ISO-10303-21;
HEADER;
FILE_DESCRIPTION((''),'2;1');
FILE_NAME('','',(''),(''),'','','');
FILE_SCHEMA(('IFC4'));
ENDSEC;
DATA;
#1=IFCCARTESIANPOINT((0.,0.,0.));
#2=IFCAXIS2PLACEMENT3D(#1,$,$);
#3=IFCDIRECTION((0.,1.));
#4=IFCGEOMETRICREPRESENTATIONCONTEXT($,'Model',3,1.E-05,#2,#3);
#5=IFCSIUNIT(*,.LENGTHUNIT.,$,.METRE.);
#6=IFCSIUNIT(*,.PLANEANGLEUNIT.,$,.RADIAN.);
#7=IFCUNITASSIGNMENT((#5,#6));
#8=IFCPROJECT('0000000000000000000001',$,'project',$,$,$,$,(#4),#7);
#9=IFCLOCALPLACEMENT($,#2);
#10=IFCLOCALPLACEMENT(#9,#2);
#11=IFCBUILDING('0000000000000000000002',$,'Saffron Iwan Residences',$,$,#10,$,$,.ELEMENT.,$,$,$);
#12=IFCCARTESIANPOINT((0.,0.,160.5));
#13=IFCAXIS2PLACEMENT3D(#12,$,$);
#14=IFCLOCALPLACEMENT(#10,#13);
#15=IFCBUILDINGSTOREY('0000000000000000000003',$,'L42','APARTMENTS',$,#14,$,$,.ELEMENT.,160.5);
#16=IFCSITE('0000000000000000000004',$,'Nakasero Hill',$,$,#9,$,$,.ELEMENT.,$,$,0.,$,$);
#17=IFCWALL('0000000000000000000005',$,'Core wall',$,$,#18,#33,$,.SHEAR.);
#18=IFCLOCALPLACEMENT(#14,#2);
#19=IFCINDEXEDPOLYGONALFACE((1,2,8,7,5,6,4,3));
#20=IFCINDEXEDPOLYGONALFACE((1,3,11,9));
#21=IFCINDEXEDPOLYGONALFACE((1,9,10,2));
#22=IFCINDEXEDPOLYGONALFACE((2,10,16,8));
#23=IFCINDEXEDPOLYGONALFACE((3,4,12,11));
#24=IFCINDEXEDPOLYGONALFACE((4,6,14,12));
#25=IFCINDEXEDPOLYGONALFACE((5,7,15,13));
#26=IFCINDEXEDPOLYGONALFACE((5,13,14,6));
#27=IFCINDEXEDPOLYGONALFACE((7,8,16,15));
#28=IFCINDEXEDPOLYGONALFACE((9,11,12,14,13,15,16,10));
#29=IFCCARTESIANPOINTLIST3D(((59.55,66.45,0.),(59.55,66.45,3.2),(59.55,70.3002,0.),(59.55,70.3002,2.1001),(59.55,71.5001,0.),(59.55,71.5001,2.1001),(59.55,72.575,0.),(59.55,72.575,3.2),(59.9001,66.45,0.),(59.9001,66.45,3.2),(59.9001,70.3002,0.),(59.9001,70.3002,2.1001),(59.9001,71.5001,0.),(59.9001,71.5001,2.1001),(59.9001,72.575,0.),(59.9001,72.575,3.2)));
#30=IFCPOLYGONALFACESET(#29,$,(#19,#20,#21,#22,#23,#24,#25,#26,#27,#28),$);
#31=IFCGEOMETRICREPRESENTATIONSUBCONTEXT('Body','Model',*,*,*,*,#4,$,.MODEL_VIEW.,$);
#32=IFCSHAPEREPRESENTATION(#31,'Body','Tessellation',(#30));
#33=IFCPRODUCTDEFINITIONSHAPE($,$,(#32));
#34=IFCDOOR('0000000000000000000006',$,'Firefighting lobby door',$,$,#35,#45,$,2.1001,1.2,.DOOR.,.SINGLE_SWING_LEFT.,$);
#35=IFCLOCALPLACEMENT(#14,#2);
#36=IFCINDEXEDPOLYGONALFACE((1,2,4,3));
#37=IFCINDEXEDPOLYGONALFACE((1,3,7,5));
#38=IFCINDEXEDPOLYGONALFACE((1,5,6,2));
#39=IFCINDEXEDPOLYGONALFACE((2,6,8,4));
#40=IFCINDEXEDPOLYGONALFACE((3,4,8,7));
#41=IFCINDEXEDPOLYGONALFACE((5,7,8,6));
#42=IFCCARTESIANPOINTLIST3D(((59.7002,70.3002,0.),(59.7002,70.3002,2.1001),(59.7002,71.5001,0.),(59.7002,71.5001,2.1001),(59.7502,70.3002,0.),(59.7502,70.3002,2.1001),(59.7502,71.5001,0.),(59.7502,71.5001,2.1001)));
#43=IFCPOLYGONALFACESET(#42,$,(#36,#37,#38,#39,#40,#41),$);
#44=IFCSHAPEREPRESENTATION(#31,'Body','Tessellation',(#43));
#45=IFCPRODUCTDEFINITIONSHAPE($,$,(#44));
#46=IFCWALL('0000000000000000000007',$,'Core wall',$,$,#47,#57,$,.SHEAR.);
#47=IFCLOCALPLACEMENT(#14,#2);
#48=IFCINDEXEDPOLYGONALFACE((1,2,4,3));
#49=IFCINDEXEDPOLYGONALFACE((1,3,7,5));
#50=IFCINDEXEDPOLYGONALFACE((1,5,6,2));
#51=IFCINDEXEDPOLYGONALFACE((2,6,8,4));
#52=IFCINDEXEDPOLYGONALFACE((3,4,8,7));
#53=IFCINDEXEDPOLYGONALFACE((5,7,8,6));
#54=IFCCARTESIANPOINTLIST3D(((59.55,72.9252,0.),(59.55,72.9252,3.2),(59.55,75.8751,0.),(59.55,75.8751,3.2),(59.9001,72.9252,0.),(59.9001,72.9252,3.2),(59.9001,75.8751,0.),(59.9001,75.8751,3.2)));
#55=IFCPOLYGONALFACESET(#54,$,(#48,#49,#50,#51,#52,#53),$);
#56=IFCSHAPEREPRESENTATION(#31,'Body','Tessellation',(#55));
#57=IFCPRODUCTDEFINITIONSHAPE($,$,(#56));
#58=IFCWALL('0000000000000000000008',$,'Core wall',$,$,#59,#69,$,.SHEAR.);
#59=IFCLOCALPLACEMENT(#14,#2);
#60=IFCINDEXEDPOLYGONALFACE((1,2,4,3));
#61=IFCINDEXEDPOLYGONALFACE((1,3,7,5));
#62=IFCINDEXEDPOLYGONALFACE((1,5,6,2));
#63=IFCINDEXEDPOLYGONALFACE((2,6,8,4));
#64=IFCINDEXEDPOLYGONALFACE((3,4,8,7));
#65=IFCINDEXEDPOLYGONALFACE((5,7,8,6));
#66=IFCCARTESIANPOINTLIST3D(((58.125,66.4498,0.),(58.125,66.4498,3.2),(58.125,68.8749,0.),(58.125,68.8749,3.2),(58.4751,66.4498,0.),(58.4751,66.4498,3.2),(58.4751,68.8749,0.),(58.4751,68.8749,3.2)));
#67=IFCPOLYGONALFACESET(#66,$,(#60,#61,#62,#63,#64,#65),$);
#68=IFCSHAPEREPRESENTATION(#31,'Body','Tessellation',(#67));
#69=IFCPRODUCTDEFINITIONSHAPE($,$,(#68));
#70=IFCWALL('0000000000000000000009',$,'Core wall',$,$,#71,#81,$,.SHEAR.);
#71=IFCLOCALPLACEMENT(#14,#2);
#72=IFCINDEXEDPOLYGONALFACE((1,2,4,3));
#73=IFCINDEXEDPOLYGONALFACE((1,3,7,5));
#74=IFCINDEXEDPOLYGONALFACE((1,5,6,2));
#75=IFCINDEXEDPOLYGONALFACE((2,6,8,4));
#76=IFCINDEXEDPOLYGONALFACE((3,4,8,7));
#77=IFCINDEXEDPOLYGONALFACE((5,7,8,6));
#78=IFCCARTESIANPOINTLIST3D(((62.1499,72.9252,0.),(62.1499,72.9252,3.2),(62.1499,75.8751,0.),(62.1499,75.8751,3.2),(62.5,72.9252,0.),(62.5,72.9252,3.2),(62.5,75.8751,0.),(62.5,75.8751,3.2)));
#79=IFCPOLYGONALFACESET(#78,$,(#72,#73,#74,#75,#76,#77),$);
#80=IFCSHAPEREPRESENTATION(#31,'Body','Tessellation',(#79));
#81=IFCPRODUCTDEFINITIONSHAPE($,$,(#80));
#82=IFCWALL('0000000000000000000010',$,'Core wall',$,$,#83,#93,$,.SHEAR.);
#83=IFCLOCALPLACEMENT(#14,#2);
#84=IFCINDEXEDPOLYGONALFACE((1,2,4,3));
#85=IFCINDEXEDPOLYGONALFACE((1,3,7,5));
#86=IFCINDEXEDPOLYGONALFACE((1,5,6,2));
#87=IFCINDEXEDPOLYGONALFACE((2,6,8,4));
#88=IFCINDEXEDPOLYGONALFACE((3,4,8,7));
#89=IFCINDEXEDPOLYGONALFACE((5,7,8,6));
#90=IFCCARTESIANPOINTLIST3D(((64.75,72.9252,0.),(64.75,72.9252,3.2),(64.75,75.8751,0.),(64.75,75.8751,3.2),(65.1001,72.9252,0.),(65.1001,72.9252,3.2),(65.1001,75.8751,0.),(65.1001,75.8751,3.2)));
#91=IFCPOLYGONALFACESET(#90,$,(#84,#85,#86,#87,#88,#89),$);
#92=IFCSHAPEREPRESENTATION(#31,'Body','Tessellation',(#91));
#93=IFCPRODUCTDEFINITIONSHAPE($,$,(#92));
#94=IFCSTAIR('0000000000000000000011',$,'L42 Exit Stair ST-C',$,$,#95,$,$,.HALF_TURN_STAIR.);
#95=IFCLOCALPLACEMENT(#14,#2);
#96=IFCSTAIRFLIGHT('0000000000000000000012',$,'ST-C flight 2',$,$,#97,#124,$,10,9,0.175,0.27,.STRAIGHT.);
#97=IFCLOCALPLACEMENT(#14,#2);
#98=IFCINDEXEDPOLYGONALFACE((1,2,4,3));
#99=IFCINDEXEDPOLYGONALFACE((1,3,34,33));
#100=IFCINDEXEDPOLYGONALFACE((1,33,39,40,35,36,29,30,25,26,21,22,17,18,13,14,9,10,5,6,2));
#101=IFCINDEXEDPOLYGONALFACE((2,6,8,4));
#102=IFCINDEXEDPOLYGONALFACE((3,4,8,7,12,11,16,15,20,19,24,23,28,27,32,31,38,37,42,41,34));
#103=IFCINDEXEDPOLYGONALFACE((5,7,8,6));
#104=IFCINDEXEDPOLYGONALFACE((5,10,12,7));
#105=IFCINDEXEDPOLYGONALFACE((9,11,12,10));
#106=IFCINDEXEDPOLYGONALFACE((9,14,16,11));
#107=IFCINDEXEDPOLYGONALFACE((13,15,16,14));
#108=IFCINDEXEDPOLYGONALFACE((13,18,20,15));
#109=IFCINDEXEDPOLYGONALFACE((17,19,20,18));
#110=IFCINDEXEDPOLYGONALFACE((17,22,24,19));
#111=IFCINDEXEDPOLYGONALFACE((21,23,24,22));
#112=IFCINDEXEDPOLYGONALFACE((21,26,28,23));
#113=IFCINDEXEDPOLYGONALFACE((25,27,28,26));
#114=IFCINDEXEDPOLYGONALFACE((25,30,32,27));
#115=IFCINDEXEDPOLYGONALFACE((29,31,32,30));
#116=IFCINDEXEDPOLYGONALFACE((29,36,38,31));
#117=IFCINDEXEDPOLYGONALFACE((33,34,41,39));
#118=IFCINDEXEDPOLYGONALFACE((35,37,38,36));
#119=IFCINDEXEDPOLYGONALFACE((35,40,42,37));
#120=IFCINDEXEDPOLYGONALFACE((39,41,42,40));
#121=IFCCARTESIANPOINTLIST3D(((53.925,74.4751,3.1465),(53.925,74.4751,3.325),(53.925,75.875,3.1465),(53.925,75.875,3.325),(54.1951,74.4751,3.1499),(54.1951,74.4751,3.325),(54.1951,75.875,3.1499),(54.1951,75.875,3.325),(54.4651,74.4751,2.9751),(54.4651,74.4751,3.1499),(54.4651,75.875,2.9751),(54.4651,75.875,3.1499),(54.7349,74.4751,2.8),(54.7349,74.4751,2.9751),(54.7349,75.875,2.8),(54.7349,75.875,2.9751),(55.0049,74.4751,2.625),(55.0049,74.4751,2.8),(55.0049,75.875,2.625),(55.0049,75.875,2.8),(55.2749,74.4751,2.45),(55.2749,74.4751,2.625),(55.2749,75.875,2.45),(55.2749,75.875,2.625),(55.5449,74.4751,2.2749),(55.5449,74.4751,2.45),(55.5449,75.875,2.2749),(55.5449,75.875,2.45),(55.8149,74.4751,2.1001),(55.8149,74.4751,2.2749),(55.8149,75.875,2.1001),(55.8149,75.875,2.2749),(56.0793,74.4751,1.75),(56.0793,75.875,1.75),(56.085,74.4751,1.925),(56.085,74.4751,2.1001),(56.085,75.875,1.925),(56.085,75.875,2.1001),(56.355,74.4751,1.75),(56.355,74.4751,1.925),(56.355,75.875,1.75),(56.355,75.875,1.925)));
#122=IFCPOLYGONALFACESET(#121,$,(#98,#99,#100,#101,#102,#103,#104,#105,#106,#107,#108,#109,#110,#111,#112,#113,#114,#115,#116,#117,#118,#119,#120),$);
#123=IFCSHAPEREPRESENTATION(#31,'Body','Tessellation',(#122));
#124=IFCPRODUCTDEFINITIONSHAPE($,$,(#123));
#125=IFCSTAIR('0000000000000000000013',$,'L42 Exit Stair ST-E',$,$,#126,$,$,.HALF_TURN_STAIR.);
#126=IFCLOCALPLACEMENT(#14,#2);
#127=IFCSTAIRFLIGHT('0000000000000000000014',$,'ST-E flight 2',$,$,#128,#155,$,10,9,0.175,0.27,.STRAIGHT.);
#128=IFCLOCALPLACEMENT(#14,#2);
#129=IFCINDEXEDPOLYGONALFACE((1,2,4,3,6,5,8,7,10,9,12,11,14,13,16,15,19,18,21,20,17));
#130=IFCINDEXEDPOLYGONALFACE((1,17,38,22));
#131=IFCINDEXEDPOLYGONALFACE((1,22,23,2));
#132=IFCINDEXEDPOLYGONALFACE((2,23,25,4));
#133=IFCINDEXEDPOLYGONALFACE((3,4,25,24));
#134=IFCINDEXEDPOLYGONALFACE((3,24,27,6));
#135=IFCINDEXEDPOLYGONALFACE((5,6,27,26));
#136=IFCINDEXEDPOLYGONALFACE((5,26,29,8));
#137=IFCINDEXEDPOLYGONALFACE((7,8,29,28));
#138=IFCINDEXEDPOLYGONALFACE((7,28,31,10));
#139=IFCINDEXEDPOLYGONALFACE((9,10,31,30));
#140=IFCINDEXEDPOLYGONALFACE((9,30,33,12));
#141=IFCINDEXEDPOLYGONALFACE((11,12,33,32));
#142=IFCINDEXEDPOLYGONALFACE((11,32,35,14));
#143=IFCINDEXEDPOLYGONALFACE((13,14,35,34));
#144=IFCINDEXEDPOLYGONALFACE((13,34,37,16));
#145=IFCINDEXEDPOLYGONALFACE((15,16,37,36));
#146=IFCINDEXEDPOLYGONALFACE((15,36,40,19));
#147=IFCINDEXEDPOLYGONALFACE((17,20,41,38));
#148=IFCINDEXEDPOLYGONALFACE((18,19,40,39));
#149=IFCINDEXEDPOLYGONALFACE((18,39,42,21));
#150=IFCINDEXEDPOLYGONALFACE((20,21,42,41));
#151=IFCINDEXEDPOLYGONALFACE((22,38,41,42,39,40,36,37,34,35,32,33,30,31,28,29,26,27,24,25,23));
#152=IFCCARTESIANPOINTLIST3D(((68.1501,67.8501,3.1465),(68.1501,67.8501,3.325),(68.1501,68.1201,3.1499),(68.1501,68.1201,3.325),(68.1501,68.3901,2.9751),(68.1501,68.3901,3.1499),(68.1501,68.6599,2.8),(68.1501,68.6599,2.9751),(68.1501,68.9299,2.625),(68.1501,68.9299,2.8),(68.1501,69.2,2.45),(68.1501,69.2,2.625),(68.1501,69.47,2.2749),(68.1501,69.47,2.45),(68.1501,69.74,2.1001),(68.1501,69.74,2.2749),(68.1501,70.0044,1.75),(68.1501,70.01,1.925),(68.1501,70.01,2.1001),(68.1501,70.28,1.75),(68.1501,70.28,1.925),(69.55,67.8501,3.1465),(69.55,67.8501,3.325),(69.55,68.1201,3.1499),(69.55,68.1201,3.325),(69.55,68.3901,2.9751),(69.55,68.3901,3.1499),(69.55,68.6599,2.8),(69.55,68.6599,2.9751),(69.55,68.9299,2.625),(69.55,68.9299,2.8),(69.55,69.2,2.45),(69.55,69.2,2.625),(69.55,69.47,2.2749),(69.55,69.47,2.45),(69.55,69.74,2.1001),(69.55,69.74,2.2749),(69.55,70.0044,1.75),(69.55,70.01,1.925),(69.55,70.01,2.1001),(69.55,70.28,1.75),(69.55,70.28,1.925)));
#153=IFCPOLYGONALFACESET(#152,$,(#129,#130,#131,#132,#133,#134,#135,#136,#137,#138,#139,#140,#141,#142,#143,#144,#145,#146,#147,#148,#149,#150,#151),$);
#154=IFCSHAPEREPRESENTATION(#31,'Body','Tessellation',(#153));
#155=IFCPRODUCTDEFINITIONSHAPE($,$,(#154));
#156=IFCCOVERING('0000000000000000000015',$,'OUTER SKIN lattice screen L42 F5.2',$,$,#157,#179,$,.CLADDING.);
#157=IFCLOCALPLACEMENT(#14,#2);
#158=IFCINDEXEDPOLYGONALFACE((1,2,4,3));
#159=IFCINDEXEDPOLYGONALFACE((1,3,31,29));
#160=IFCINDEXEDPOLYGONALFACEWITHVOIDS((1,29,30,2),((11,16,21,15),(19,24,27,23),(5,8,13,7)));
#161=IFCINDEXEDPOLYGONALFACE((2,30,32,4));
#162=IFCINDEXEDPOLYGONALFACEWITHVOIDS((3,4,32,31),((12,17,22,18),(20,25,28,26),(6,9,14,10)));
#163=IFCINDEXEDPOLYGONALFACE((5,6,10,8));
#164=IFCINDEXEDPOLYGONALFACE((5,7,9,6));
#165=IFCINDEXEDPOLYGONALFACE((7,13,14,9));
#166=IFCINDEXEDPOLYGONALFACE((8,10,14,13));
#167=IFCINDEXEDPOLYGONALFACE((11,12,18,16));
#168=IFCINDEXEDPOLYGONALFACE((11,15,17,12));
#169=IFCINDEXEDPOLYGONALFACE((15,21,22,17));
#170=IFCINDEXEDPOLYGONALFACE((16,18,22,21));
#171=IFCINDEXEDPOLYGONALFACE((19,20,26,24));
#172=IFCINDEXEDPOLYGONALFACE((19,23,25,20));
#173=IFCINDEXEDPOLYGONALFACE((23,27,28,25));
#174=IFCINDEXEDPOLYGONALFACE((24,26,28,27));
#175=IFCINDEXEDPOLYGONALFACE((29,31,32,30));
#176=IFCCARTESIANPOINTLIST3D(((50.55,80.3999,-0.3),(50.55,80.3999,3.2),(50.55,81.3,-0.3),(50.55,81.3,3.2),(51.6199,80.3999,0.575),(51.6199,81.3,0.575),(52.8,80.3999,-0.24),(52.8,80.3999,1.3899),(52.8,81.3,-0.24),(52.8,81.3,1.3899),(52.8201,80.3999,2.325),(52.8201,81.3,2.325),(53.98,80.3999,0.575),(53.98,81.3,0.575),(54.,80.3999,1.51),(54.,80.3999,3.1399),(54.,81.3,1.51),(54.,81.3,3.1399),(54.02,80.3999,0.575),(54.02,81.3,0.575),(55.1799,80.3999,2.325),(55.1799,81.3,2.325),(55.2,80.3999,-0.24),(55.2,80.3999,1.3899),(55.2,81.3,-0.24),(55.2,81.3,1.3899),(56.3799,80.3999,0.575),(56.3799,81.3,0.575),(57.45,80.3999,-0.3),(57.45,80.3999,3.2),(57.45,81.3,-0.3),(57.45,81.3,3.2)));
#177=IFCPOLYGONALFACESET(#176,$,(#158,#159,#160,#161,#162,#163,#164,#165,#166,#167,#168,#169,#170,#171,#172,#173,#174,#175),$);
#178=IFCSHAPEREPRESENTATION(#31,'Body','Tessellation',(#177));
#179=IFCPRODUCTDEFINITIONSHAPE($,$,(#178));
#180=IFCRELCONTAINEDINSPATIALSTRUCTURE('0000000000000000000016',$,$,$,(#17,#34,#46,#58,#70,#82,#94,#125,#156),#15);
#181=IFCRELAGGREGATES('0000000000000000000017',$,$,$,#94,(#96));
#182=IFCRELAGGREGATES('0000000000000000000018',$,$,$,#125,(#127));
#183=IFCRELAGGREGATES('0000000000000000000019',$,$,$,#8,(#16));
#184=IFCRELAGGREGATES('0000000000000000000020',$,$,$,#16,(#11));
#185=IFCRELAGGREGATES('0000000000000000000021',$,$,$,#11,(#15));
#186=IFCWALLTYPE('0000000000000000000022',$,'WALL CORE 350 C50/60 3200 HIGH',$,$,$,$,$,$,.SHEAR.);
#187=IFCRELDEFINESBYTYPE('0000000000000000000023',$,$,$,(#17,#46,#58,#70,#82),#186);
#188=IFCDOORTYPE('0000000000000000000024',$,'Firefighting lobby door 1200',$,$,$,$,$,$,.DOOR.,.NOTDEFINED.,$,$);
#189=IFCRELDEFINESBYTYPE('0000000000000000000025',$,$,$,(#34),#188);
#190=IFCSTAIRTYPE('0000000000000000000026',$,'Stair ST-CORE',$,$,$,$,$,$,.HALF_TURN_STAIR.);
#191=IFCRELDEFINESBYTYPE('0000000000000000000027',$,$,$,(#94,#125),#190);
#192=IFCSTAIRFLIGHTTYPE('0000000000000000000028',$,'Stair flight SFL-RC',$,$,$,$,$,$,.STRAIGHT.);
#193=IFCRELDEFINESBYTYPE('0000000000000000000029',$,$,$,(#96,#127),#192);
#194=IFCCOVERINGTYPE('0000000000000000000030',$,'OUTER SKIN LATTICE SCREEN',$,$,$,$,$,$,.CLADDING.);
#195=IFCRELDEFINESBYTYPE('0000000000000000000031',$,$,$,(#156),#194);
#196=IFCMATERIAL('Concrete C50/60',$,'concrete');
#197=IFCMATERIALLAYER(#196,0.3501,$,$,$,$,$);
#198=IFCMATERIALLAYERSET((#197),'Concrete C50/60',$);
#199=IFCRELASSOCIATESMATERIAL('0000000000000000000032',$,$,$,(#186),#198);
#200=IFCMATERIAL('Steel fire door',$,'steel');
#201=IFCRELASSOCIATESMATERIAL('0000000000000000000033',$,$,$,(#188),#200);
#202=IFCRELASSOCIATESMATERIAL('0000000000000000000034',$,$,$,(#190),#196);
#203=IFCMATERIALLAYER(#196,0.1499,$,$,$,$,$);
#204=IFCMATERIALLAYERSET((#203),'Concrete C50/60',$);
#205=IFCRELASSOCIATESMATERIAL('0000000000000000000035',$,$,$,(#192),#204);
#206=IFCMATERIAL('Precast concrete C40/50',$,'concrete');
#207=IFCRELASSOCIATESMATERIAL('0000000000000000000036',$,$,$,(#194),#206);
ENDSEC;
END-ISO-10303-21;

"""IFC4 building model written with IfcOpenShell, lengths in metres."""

from ifc_helpers import new_model, si_unit, direction, frame, frame_2d, origin, place, context, subcontext, project, spatial, polyline, rectangle, outline, extrude, material, layer, layer_set, type_object, element, fill, aggregate, save


model = new_model("IFC4")

# Units and contexts
model_context = context("Model", 3, precision=1e-05, world=origin(), true_north=direction((0.0, 1.0)))
body_context = subcontext(model_context, "Body", "Model", "MODEL_VIEW")
ifc_project = project(units=[si_unit("LENGTHUNIT", "METRE"), si_unit("PLANEANGLEUNIT", "RADIAN")], contexts=[model_context])

# Site, building, storey
site_placement = place(None, origin())
site = spatial("IfcSite", under=ifc_project, at=site_placement, Name="Nakasero Hill", CompositionType="ELEMENT", RefElevation=0.0)
building_placement = place(site_placement, origin())
building = spatial("IfcBuilding", under=site, at=building_placement, Name="Saffron Iwan Residences", CompositionType="ELEMENT")
storey_placement = place(building_placement, frame((0.0, 0.0, 160.5)))
storey = spatial("IfcBuildingStorey", under=building, at=storey_placement, Name="L42", Description="APARTMENTS", CompositionType="ELEMENT", Elevation=160.5)

# Shared definitions
ifc_material_1 = material(Name="Concrete C50/60", Category="concrete")

# Shared definitions
ifc_material_2 = material(Name="Steel fire door", Category="steel")

# Shared definitions
ifc_layer_1 = layer(ifc_material_1, 0.3501)
ifc_layer_set_1 = layer_set([ifc_layer_1], Name="Concrete C50/60")
wall_type_1 = type_object("IfcWallType", Name="WALL CORE 350 C50/60 3200 HIGH", PredefinedType="SHEAR", material=ifc_layer_set_1)

# Wall, opening, door
wall_1_placement = place(storey_placement, frame((59.7251, 66.45, 0.0), z_axis=(0.0, 0.0, 1.0), x_axis=(0.0, 1.0, 0.0)))
wall_1 = element("IfcWall", 1, at=wall_1_placement, inside=storey, type_object=wall_type_1, Name="Core wall", PredefinedType="SHEAR", context=body_context, shape_type="SweptSolid", body=[
    extrude(rectangle(XDim=6.125, YDim=0.3501, at=frame_2d((3.0625, 0.0))), origin(), (0.0, 0.0, 1.0), 3.2),
])
opening_1_placement = place(wall_1_placement, frame((3.8501, 0.0, 0.0)))
opening_1 = element("IfcOpeningElement", 2, at=opening_1_placement, cuts=wall_1, PredefinedType="OPENING", context=body_context, shape_type="SweptSolid", body=[
    extrude(rectangle(XDim=1.2, YDim=2.1001, at=frame_2d((0.6001, 1.05))), frame((0.0, 0.1851, 0.0), z_axis=(0.0, -1.0, 0.0), x_axis=(1.0, 0.0, 0.0)), (0.0, 0.0, 1.0), 0.3701),
])
door_type_1 = type_object("IfcDoorType", Name="Firefighting lobby door 1200", OperationType="NOTDEFINED", PredefinedType="DOOR", material=ifc_material_2)
door_1_placement = place(opening_1_placement, origin())
door_1 = element("IfcDoor", 3, at=door_1_placement, inside=storey, type_object=door_type_1, Name="Firefighting lobby door", OperationType="SINGLE_SWING_LEFT", OverallHeight=2.1001, OverallWidth=1.2, PredefinedType="DOOR", context=body_context, shape_type="SweptSolid", body=[
    extrude(rectangle(XDim=1.2, YDim=2.1001, at=frame_2d((0.6001, 1.05))), frame((0.0, 0.0249, 0.0), z_axis=(0.0, -1.0, 0.0), x_axis=(1.0, 0.0, 0.0)), (0.0, 0.0, 1.0), 0.05),
])
fill(opening_1, door_1)

# Walls
wall_2_placement = place(storey_placement, frame((59.7251, 72.925, 0.0), z_axis=(0.0, 0.0, 1.0), x_axis=(0.0, 1.0, 0.0)))
element("IfcWall", 4, at=wall_2_placement, inside=storey, type_object=wall_type_1, Name="Core wall", PredefinedType="SHEAR", context=body_context, shape_type="SweptSolid", body=[
    extrude(rectangle(XDim=2.95, YDim=0.3501, at=frame_2d((1.4751, 0.0))), origin(), (0.0, 0.0, 1.0), 3.2),
])
wall_3_placement = place(storey_placement, frame((58.3, 66.45, 0.0), z_axis=(0.0, 0.0, 1.0), x_axis=(0.0, 1.0, 0.0)))
element("IfcWall", 5, at=wall_3_placement, inside=storey, type_object=wall_type_1, Name="Core wall", PredefinedType="SHEAR", context=body_context, shape_type="SweptSolid", body=[
    extrude(rectangle(XDim=2.425, YDim=0.3501, at=frame_2d((1.2124, 0.0))), origin(), (0.0, 0.0, 1.0), 3.2),
])
for number, where, z_axis, x_axis, name in (
    (6, (62.325, 72.925, 0.0), (0.0, 0.0, 1.0), (0.0, 1.0, 0.0), "Core wall"),
    (7, (64.925, 72.925, 0.0), (0.0, 0.0, 1.0), (0.0, 1.0, 0.0), "Core wall"),
):
    element("IfcWall", number, at=place(storey_placement, frame(where, z_axis=z_axis, x_axis=x_axis)), inside=storey, type_object=wall_type_1, Name=name, PredefinedType="SHEAR", context=body_context, shape_type="SweptSolid", body=[
        extrude(rectangle(XDim=2.95, YDim=0.3501, at=frame_2d((1.4751, 0.0))), origin(), (0.0, 0.0, 1.0), 3.2),
    ])

# Stairs, stair flights
stair_type = type_object("IfcStairType", Name="Stair ST-CORE", PredefinedType="HALF_TURN_STAIR", material=ifc_material_1)
stair_1_placement = place(storey_placement, origin())
stair_1 = element("IfcStair", 8, at=stair_1_placement, inside=storey, type_object=stair_type, Name="L42 Exit Stair ST-C", PredefinedType="HALF_TURN_STAIR")
ifc_layer_2 = layer(ifc_material_1, 0.1499)
ifc_layer_set_2 = layer_set([ifc_layer_2], Name="Concrete C50/60")
stair_flight_type = type_object("IfcStairFlightType", Name="Stair flight SFL-RC", PredefinedType="STRAIGHT", material=ifc_layer_set_2)
stair_flight_1_placement = place(storey_placement, frame((56.355, 75.175, 1.75), z_axis=(0.0, 0.0, 1.0), x_axis=(-1.0, 0.0, 0.0)))
stair_flight_1 = element("IfcStairFlight", 9, at=stair_flight_1_placement, type_object=stair_flight_type, Name="ST-C flight 2", NumberOfRisers=10, NumberOfTreads=9, PredefinedType="STRAIGHT", RiserHeight=0.175, TreadLength=0.27, context=body_context, shape_type="SweptSolid", body=[
    extrude(outline(polyline([(0.0, 0.0), (0.0, 0.175), (0.27, 0.175), (0.27, 0.3501), (0.54, 0.3501), (0.54, 0.5249), (0.8101, 0.5249), (0.8101, 0.7), (1.0801, 0.7), (1.0801, 0.875), (1.3501, 0.875), (1.3501, 1.05), (1.6201, 1.05), (1.6201, 1.2251), (1.8899, 1.2251), (1.8899, 1.3999), (2.1599, 1.3999), (2.1599, 1.575), (2.4299, 1.575), (2.4299, 1.75), (2.4299, 1.3965), (0.2756, 0.0), (0.0, 0.0)])), frame((0.0, 0.7, 0.0), z_axis=(0.0, -1.0, 0.0), x_axis=(1.0, 0.0, 0.0)), (0.0, 0.0, 1.0), 1.3999),
])
aggregate(stair_1, [stair_flight_1])
stair_2_placement = place(storey_placement, origin())
stair_2 = element("IfcStair", 10, at=stair_2_placement, inside=storey, type_object=stair_type, Name="L42 Exit Stair ST-E", PredefinedType="HALF_TURN_STAIR")
stair_flight_2_placement = place(storey_placement, frame((68.8501, 70.28, 1.75), z_axis=(0.0, 0.0, 1.0), x_axis=(0.0, -1.0, 0.0)))
stair_flight_2 = element("IfcStairFlight", 11, at=stair_flight_2_placement, type_object=stair_flight_type, Name="ST-E flight 2", NumberOfRisers=10, NumberOfTreads=9, PredefinedType="STRAIGHT", RiserHeight=0.175, TreadLength=0.27, context=body_context, shape_type="SweptSolid", body=[
    extrude(outline(polyline([(0.0, 0.0), (0.0, 0.175), (0.27, 0.175), (0.27, 0.3501), (0.54, 0.3501), (0.54, 0.5249), (0.8101, 0.5249), (0.8101, 0.7), (1.0801, 0.7), (1.0801, 0.875), (1.3501, 0.875), (1.3501, 1.05), (1.6201, 1.05), (1.6201, 1.2251), (1.8899, 1.2251), (1.8899, 1.3999), (2.1599, 1.3999), (2.1599, 1.575), (2.4299, 1.575), (2.4299, 1.75), (2.4299, 1.3965), (0.2756, 0.0), (0.0, 0.0)])), frame((0.0, 0.7, 0.0), z_axis=(0.0, -1.0, 0.0), x_axis=(1.0, 0.0, 0.0)), (0.0, 0.0, 1.0), 1.3999),
])
aggregate(stair_2, [stair_flight_2])

# Covering
ifc_material_3 = material(Name="Precast concrete C40/50", Category="concrete")
covering_type_1 = type_object("IfcCoveringType", Name="OUTER SKIN LATTICE SCREEN", PredefinedType="CLADDING", material=ifc_material_3)
covering_placement = place(storey_placement, frame((57.45, 80.3999, -0.3), z_axis=(0.0, 1.0, 0.0), x_axis=(-1.0, 0.0, 0.0)))
element("IfcCovering", 12, at=covering_placement, inside=storey, type_object=covering_type_1, Name="OUTER SKIN lattice screen L42 F5.2", PredefinedType="CLADDING", context=body_context, shape_type="SweptSolid", body=[
    extrude(outline(polyline([(0.0, 0.0), (6.8999, 0.0), (6.8999, 3.5), (0.0, 3.5), (0.0, 0.0)]), holes=[polyline([(1.0701, 0.875), (2.25, 0.0601), (3.4299, 0.875), (2.25, 1.6899), (1.0701, 0.875)]), polyline([(3.47, 0.875), (4.6499, 0.0601), (5.8301, 0.875), (4.6499, 1.6899), (3.47, 0.875)]), polyline([(2.27, 2.625), (3.45, 1.8101), (4.6299, 2.625), (3.45, 3.4399), (2.27, 2.625)])]), origin(), (0.0, 0.0, 1.0), 0.9001),
])

save(model, "model.ifc")
